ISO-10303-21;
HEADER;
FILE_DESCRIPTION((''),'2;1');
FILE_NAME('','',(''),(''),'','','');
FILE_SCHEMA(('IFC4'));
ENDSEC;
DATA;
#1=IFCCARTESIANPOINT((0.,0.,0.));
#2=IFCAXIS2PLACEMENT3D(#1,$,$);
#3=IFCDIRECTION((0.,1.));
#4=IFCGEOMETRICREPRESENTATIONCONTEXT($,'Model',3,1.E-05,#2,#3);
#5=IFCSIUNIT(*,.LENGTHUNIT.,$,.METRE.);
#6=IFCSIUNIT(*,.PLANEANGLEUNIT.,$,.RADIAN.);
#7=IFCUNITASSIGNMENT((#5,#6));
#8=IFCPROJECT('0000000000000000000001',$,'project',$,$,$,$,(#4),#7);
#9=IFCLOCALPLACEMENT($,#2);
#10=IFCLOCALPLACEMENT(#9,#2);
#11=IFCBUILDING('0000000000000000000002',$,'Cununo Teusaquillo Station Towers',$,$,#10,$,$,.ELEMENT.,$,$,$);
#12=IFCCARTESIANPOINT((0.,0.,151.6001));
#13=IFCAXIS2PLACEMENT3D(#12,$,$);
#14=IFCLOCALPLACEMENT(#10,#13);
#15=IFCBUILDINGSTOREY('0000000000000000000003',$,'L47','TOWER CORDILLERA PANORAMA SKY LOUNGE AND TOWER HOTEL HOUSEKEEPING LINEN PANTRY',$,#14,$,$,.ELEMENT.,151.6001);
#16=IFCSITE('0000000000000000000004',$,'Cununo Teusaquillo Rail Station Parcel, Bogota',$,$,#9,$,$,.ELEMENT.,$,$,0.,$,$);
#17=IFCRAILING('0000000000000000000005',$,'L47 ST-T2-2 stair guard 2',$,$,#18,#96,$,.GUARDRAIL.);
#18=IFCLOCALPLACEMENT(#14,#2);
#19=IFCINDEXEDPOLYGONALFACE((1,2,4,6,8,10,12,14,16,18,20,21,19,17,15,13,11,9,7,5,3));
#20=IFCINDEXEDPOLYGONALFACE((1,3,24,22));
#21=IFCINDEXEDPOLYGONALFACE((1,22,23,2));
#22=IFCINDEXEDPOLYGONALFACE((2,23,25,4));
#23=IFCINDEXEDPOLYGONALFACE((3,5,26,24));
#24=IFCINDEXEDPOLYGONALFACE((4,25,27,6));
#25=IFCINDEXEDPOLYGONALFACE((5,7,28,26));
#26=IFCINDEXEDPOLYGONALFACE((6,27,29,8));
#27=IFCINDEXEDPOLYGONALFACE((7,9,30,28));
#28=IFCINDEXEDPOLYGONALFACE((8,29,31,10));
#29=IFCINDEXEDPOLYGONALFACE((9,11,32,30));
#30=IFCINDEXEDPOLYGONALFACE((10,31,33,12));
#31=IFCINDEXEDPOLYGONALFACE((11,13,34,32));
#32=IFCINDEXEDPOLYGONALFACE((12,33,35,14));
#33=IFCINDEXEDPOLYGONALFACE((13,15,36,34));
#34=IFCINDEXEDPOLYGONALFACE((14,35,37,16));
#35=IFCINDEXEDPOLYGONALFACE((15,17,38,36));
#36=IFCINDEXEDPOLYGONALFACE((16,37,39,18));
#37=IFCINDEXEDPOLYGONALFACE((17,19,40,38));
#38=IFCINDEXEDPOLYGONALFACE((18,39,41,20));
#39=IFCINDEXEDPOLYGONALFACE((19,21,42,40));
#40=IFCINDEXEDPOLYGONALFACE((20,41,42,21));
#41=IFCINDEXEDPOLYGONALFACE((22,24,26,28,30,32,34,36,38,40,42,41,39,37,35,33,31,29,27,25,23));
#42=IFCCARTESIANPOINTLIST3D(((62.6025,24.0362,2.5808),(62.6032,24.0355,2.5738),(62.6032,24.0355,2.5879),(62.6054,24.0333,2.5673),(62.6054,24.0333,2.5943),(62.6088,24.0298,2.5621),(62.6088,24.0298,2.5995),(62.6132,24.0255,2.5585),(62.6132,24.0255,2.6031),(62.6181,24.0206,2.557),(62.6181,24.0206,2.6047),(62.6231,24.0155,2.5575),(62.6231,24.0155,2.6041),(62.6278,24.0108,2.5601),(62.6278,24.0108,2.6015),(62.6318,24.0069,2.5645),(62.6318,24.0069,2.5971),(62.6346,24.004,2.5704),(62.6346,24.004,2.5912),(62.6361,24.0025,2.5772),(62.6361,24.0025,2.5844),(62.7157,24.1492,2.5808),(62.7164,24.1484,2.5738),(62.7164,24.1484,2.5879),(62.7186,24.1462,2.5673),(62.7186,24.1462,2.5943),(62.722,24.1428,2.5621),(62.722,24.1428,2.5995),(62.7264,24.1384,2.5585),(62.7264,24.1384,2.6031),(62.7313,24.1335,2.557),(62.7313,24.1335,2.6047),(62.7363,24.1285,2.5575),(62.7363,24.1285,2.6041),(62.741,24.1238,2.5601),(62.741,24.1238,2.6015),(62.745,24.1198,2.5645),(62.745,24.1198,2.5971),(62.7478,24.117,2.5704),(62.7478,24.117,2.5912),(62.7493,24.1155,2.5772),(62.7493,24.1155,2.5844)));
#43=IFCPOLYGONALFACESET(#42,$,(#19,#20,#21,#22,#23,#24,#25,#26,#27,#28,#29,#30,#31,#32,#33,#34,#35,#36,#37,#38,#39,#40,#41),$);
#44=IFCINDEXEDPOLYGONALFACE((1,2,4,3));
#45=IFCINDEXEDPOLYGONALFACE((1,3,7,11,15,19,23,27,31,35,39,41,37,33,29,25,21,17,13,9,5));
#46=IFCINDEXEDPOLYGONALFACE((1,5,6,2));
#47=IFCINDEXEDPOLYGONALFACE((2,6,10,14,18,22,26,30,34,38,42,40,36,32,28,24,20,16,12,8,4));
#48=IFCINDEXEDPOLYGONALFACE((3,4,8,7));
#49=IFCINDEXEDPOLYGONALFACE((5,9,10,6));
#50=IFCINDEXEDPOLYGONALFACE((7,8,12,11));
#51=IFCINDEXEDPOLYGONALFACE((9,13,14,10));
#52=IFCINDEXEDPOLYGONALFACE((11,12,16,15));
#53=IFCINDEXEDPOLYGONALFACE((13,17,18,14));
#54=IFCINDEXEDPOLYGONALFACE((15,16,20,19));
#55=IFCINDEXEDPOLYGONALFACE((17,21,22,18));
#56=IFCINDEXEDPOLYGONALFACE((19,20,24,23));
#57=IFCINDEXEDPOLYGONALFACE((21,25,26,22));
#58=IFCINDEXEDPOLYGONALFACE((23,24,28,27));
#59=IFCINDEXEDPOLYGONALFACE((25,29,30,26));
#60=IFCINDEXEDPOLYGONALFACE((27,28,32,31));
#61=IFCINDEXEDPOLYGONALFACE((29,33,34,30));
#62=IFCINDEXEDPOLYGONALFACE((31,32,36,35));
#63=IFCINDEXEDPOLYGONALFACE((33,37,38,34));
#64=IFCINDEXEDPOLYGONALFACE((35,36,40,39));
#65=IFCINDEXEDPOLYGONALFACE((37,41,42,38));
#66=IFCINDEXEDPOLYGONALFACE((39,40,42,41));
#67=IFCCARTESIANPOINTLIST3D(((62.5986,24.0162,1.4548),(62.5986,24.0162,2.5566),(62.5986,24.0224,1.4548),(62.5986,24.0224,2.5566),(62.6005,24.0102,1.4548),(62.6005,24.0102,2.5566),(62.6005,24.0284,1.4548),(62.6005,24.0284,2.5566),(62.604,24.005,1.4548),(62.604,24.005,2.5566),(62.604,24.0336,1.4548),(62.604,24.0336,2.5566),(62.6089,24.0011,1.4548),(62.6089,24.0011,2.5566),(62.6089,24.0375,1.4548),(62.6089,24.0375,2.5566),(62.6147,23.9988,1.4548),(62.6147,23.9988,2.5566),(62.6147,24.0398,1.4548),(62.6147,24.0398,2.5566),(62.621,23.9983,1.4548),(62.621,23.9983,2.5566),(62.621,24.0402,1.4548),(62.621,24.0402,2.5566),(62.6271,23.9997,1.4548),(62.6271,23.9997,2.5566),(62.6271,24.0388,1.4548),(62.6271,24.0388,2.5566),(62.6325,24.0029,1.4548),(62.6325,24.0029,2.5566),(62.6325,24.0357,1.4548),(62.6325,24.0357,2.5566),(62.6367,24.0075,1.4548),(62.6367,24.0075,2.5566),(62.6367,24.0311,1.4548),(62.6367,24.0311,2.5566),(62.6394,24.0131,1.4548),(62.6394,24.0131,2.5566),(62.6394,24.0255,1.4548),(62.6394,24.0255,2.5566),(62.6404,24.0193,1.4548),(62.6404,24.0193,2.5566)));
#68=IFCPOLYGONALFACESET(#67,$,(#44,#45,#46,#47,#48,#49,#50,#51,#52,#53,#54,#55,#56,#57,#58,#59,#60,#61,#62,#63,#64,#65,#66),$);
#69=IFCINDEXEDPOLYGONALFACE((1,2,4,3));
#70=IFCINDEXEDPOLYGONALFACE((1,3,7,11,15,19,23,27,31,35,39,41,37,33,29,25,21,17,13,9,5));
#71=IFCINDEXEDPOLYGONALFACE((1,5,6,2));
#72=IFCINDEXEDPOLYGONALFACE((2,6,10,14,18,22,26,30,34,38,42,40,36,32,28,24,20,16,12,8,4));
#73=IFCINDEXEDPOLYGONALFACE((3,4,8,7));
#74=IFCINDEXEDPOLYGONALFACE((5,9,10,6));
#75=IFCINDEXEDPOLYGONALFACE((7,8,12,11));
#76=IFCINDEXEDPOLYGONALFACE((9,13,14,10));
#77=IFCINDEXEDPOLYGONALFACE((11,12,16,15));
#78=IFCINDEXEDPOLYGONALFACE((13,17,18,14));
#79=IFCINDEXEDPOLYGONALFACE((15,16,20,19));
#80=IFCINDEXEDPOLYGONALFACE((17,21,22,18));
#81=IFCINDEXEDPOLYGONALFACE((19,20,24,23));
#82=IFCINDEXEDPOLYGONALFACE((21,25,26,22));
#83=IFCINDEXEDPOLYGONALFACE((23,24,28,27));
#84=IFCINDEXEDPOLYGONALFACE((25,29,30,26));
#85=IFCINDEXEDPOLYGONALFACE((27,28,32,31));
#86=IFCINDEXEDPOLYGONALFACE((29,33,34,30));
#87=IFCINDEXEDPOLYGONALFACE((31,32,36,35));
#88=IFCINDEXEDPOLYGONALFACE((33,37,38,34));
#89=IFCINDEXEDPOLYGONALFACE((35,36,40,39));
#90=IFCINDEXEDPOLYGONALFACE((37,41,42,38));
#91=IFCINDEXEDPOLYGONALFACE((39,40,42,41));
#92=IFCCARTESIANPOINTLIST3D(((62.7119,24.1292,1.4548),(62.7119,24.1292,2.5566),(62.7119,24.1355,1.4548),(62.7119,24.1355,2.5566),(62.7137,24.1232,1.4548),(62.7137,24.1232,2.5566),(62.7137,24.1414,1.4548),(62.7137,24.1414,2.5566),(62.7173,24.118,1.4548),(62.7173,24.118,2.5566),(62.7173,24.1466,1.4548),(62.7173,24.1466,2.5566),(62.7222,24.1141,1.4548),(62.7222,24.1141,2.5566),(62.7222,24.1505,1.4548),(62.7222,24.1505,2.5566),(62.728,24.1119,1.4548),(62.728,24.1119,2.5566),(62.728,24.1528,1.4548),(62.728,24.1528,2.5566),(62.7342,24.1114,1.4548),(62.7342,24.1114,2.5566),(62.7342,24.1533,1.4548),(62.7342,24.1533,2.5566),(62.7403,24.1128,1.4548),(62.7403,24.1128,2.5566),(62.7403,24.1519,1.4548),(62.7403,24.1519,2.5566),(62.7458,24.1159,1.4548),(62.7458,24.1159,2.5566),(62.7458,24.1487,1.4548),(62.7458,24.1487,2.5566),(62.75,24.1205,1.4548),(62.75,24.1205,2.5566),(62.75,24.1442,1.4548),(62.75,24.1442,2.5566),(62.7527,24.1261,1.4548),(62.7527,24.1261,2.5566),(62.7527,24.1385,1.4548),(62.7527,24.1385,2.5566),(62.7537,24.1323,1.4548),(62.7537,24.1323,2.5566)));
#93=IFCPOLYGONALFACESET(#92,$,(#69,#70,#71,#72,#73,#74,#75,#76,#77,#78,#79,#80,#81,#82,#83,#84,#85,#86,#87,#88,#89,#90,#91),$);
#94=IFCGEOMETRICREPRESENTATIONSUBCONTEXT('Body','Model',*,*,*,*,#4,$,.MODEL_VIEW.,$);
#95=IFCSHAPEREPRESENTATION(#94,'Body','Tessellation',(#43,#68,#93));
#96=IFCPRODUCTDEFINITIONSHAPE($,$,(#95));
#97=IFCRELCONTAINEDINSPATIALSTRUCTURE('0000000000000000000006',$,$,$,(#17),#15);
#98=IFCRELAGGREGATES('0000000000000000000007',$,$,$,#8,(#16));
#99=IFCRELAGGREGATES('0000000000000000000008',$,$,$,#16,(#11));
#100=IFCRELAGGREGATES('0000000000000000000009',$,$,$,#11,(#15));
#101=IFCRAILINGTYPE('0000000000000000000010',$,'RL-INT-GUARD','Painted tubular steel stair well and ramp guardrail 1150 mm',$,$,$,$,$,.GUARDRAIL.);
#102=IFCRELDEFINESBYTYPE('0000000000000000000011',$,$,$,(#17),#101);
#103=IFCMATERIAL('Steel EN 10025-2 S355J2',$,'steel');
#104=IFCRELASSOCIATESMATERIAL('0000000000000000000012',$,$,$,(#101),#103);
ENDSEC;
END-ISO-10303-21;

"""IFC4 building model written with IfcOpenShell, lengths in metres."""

from ifc_helpers import new_model, si_unit, direction, frame, origin, origin_2d, place, context, subcontext, project, spatial, circle, extrude, material, type_object, element, save


model = new_model("IFC4")

# Units and contexts
model_context = context("Model", 3, precision=1e-05, world=origin(), true_north=direction((0.0, 1.0)))
body_context = subcontext(model_context, "Body", "Model", "MODEL_VIEW")
ifc_project = project(units=[si_unit("LENGTHUNIT", "METRE"), si_unit("PLANEANGLEUNIT", "RADIAN")], contexts=[model_context])

# Site, building, storey
site_placement = place(None, origin())
site = spatial("IfcSite", under=ifc_project, at=site_placement, Name="Cununo Teusaquillo Rail Station Parcel, Bogota", CompositionType="ELEMENT", RefElevation=0.0)
building_placement = place(site_placement, origin())
building = spatial("IfcBuilding", under=site, at=building_placement, Name="Cununo Teusaquillo Station Towers", CompositionType="ELEMENT")
storey_placement = place(building_placement, frame((0.0, 0.0, 151.6001)))
storey = spatial("IfcBuildingStorey", under=building, at=storey_placement, Name="L47", Description="TOWER CORDILLERA PANORAMA SKY LOUNGE AND TOWER HOTEL HOUSEKEEPING LINEN PANTRY", CompositionType="ELEMENT", Elevation=151.6001)

# Railing
ifc_material_1 = material(Name="Steel EN 10025-2 S355J2", Category="steel")
railing_type_1 = type_object("IfcRailingType", Name="RL-INT-GUARD", Description="Painted tubular steel stair well and ramp guardrail 1150 mm", PredefinedType="GUARDRAIL", material=ifc_material_1)
railing_1_placement = place(storey_placement, frame((62.6194, 24.0193, 1.4548)))
element("IfcRailing", 1, at=railing_1_placement, inside=storey, type_object=railing_type_1, Name="L47 ST-T2-2 stair guard 2", PredefinedType="GUARDRAIL", context=body_context, shape_type="SweptSolid", body=[
    extrude(circle(Radius=0.0239, at=origin_2d()), frame((0.0, 0.0, 1.126), z_axis=(0.707869, 0.706344, 0.0), x_axis=(-0.706344, 0.707869, 0.0)), (0.0, 0.0, 1.0), 0.1599),
    extrude(circle(Radius=0.021, at=origin_2d()), origin(), (0.0, 0.0, 1.0), 1.1018),
    extrude(circle(Radius=0.021, at=origin_2d()), frame((0.1133, 0.113, 0.0)), (0.0, 0.0, 1.0), 1.1018),
])

save(model, "model.ifc")
